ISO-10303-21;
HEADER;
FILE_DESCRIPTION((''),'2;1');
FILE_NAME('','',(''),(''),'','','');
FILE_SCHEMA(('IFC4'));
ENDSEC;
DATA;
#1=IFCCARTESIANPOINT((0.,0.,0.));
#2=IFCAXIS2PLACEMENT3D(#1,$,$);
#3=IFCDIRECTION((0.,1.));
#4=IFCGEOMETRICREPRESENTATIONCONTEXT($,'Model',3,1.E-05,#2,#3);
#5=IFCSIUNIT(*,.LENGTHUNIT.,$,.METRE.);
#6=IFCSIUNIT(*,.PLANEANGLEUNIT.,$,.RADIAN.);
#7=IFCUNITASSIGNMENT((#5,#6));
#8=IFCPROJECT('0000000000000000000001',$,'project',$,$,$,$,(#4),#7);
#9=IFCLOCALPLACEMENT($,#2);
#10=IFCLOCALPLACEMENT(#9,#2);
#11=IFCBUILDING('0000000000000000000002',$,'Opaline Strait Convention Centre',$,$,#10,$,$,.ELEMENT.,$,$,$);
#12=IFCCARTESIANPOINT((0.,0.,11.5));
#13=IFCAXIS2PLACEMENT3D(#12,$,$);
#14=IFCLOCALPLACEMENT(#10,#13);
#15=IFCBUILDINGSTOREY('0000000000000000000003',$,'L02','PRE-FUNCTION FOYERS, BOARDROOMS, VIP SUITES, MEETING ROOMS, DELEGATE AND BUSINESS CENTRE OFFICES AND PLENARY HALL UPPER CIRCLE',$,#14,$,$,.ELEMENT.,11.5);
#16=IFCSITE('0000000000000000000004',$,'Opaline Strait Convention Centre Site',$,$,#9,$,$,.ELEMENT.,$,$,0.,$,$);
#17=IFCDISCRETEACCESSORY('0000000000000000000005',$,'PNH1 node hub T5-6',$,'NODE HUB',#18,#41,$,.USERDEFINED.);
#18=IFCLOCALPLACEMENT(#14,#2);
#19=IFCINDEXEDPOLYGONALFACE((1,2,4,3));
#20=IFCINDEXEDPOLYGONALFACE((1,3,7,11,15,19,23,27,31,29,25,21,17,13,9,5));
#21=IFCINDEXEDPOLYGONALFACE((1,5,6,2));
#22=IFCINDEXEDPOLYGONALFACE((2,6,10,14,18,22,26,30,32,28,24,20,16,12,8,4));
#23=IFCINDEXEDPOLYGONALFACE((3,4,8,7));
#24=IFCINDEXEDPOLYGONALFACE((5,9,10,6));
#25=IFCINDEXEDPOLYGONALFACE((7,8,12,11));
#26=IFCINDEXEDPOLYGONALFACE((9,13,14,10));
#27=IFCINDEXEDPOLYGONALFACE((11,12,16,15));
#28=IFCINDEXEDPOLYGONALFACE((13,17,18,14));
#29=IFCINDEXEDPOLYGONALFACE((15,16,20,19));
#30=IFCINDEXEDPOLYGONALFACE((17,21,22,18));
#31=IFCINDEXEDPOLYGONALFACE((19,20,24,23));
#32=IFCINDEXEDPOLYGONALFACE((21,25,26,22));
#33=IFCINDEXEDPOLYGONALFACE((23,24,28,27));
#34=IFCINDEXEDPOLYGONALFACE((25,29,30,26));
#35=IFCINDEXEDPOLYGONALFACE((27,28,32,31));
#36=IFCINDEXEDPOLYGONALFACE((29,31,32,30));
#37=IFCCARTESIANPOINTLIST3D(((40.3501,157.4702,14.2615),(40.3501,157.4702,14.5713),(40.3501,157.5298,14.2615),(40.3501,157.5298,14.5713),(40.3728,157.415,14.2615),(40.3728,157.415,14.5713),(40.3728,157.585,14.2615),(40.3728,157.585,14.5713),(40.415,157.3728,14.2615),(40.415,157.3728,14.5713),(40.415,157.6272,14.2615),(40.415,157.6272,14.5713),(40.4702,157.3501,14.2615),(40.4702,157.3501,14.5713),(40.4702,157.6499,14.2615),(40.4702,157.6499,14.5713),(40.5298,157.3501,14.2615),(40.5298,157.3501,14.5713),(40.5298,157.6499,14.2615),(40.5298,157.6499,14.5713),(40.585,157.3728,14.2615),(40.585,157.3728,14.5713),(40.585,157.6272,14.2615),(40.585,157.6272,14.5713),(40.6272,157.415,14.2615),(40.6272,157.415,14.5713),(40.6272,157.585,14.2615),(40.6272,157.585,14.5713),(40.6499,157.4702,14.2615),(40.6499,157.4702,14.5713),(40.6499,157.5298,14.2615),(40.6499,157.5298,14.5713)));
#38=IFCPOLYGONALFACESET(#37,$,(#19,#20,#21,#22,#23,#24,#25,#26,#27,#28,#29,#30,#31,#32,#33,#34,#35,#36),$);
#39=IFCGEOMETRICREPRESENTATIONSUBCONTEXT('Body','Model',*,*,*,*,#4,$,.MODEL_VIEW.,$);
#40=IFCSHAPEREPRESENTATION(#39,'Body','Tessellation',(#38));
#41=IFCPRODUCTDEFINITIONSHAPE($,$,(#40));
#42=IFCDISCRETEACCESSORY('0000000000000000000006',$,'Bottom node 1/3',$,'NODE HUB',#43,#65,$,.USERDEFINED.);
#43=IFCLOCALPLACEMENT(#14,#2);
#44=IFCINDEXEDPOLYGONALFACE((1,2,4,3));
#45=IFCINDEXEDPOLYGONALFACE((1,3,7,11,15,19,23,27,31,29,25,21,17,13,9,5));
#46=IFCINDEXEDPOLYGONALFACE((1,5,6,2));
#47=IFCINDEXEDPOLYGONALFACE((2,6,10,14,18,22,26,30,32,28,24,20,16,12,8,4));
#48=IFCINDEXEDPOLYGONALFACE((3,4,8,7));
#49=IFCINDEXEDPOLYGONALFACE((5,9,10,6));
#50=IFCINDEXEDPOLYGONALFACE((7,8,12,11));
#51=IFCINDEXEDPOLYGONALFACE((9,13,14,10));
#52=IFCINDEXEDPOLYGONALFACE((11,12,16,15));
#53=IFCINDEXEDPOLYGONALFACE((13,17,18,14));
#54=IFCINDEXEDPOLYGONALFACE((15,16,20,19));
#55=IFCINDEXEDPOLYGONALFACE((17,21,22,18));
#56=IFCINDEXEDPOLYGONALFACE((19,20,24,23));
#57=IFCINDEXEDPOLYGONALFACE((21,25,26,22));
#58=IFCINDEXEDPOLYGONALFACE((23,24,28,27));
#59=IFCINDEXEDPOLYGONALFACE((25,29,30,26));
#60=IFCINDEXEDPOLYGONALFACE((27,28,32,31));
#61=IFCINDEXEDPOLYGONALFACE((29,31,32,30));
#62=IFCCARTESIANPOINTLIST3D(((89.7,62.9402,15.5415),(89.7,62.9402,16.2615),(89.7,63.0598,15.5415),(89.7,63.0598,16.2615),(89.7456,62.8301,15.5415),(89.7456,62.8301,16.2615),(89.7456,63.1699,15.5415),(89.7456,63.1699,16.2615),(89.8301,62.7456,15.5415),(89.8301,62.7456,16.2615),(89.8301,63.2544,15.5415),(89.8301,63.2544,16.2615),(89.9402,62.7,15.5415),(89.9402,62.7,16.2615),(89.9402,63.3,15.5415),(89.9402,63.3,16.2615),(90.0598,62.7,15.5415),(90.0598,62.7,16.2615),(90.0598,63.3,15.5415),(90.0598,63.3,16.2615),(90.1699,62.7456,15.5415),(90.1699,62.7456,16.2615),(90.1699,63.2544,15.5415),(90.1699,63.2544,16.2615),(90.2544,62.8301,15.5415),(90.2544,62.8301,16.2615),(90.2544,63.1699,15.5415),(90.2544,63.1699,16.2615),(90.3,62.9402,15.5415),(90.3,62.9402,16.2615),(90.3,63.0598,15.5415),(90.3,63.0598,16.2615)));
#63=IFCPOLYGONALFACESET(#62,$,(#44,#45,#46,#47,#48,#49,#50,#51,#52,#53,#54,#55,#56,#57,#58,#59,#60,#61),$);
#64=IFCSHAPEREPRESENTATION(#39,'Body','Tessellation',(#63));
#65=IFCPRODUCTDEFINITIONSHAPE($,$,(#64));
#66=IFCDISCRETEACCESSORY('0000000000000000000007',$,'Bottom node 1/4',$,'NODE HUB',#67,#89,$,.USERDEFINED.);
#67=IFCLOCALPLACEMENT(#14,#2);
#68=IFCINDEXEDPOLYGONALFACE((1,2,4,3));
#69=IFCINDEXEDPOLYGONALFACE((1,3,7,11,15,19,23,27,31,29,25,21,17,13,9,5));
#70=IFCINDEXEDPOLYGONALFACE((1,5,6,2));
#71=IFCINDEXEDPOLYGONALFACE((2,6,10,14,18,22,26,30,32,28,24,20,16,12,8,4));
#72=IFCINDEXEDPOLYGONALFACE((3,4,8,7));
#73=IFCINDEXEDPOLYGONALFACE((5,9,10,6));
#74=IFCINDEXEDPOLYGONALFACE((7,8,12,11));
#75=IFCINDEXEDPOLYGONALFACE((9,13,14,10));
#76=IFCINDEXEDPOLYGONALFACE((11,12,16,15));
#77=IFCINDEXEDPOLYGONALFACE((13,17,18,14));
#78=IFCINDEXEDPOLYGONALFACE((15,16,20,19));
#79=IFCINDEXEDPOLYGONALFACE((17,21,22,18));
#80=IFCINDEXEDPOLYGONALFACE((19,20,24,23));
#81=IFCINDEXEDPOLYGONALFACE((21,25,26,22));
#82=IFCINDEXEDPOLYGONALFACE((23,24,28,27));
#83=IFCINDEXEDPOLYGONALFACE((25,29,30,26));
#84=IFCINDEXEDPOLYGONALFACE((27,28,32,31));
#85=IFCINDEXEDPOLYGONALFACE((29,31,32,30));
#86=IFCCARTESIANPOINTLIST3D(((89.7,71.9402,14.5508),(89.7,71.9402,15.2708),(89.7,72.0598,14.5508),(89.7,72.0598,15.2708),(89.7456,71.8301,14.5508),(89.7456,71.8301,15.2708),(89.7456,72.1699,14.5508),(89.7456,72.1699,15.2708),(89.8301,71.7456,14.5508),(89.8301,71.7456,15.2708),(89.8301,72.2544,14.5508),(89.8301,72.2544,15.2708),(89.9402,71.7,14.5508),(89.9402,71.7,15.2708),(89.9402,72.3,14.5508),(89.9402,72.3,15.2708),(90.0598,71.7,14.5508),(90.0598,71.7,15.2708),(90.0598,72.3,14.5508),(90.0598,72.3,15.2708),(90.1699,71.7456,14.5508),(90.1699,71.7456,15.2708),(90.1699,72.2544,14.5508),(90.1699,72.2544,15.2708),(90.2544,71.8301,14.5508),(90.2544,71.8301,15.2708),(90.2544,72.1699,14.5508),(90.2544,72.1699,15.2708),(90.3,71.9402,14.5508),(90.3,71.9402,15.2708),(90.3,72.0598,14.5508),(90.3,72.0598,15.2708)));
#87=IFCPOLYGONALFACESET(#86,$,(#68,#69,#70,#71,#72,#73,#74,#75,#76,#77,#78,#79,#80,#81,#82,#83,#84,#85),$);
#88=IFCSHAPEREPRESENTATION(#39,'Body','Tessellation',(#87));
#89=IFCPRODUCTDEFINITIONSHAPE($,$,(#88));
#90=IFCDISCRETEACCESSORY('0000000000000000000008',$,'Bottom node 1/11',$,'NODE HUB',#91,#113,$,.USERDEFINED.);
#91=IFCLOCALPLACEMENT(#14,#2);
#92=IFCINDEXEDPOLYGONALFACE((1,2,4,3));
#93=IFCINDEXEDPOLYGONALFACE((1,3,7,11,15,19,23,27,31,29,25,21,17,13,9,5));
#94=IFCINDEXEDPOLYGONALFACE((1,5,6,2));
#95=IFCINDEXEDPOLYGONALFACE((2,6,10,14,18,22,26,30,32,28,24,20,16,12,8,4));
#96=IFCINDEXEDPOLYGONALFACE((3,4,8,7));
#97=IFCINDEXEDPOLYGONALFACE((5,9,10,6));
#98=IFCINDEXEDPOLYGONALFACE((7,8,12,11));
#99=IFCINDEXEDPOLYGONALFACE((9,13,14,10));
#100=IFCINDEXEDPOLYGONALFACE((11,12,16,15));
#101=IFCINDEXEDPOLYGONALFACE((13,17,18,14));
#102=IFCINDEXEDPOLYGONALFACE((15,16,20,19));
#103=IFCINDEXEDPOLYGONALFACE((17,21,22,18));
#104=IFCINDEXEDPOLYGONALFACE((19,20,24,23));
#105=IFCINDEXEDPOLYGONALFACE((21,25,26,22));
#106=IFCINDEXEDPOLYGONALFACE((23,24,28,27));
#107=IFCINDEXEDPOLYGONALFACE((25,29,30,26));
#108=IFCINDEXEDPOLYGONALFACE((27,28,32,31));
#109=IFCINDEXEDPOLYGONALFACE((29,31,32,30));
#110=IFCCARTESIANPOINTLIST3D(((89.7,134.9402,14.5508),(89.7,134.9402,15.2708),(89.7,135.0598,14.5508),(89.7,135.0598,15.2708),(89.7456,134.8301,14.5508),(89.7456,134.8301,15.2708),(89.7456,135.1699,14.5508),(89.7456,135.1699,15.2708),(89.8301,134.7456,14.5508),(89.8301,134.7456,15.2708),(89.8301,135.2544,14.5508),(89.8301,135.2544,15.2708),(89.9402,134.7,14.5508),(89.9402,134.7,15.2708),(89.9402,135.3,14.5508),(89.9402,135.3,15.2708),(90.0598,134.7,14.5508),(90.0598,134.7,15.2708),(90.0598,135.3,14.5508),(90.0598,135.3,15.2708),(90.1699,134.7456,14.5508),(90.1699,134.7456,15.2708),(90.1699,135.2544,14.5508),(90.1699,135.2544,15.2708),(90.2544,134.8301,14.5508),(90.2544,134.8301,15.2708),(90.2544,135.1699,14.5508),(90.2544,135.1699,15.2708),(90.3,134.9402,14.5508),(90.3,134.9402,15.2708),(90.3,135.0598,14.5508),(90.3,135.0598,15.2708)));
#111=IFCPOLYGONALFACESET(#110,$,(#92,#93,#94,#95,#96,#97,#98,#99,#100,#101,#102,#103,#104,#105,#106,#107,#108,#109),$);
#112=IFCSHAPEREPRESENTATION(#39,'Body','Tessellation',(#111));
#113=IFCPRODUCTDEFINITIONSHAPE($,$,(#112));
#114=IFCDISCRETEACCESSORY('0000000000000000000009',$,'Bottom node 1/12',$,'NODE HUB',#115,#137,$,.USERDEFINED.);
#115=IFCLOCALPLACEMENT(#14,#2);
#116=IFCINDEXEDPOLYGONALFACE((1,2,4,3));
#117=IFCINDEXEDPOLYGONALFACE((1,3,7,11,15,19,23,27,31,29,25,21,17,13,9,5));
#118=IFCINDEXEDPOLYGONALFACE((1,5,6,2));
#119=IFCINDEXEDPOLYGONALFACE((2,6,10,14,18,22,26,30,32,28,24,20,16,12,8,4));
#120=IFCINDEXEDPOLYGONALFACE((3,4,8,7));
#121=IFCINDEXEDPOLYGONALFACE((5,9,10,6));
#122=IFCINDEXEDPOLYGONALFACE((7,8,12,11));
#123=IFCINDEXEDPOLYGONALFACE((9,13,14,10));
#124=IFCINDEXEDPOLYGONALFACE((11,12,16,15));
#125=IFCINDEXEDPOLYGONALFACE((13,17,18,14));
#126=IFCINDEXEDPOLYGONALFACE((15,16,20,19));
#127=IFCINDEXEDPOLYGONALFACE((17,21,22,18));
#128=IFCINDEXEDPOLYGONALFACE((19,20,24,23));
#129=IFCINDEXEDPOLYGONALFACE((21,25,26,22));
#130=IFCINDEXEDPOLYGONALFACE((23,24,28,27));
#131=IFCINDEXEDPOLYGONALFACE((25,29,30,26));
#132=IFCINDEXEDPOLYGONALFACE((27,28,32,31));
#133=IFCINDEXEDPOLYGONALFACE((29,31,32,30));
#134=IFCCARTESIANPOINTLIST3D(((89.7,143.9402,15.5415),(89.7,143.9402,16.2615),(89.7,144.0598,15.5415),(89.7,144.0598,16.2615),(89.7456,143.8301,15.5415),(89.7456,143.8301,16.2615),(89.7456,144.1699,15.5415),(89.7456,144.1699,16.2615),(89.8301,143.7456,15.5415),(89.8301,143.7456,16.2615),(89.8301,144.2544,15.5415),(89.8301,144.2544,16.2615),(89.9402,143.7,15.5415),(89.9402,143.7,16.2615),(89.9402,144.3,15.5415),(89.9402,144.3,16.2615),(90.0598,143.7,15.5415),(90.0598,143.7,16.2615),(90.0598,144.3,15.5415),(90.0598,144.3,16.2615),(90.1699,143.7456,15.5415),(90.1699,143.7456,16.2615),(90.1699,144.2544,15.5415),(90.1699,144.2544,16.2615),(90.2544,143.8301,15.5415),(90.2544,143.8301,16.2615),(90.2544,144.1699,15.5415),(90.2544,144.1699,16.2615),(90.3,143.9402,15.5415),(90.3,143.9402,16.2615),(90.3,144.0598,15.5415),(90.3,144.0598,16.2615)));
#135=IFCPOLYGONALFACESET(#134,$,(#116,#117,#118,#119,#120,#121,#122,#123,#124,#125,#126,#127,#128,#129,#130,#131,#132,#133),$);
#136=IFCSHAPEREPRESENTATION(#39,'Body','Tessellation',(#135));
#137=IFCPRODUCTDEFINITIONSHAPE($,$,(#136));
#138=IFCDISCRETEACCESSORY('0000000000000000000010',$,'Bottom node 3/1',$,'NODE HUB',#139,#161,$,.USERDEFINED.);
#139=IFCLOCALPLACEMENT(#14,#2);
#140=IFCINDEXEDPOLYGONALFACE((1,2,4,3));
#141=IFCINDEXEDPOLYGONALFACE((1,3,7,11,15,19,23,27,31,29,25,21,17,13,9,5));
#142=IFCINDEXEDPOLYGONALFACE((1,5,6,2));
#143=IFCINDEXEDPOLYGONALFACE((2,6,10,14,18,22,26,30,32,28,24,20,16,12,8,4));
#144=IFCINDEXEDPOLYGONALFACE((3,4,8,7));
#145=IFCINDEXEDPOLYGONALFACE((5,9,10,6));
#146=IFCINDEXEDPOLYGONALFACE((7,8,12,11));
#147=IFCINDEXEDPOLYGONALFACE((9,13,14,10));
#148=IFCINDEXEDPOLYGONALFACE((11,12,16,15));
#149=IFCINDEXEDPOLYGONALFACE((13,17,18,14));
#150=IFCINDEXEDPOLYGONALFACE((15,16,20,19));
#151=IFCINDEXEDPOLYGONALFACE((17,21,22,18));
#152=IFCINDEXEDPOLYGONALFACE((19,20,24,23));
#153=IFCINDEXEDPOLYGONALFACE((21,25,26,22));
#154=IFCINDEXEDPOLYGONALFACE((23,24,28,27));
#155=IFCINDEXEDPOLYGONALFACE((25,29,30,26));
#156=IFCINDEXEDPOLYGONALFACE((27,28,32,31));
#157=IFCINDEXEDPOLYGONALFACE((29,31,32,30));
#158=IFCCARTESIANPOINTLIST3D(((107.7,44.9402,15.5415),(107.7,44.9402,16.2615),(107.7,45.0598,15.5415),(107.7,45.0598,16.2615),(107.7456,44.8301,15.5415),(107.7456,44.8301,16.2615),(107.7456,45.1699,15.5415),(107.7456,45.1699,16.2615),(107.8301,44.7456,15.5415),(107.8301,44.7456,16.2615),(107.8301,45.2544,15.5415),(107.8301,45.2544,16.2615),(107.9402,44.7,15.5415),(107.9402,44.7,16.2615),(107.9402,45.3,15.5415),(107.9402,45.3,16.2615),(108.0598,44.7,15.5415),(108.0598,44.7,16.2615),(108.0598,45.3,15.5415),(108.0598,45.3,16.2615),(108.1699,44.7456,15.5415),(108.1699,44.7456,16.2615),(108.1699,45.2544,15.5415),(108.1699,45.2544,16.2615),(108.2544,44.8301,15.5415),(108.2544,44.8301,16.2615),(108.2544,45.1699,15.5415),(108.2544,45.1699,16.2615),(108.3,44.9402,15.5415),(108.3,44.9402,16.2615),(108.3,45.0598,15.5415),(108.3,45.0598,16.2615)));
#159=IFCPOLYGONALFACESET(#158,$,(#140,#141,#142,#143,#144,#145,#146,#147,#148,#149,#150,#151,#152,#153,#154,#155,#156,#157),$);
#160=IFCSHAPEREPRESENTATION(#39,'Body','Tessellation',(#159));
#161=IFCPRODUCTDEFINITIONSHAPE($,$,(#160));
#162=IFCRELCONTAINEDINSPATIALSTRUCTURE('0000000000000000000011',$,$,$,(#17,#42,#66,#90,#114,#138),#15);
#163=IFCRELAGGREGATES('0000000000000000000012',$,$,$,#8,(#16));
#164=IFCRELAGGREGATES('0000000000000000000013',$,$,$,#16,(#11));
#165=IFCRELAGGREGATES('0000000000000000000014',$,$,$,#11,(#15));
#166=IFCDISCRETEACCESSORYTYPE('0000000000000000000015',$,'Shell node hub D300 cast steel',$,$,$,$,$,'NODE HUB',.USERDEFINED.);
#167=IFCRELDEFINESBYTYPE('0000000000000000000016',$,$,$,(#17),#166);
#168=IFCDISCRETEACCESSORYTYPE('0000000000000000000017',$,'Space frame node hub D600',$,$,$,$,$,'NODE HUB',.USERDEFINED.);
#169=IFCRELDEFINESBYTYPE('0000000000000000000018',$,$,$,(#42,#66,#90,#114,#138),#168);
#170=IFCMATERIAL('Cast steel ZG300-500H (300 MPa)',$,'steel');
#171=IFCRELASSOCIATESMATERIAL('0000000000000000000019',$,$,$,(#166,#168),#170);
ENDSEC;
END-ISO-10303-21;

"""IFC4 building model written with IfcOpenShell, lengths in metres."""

from ifc_helpers import new_model, si_unit, direction, frame, origin, place, context, subcontext, project, spatial, polyline, outline, extrude, material, type_object, element, save


model = new_model("IFC4")

# Units and contexts
model_context = context("Model", 3, precision=1e-05, world=origin(), true_north=direction((0.0, 1.0)))
body_context = subcontext(model_context, "Body", "Model", "MODEL_VIEW")
ifc_project = project(units=[si_unit("LENGTHUNIT", "METRE"), si_unit("PLANEANGLEUNIT", "RADIAN")], contexts=[model_context])

# Site, building, storey
site_placement = place(None, origin())
site = spatial("IfcSite", under=ifc_project, at=site_placement, Name="Opaline Strait Convention Centre Site", CompositionType="ELEMENT", RefElevation=0.0)
building_placement = place(site_placement, origin())
building = spatial("IfcBuilding", under=site, at=building_placement, Name="Opaline Strait Convention Centre", CompositionType="ELEMENT")
storey_placement = place(building_placement, frame((0.0, 0.0, 11.5)))
storey = spatial("IfcBuildingStorey", under=building, at=storey_placement, Name="L02", Description="PRE-FUNCTION FOYERS, BOARDROOMS, VIP SUITES, MEETING ROOMS, DELEGATE AND BUSINESS CENTRE OFFICES AND PLENARY HALL UPPER CIRCLE", CompositionType="ELEMENT", Elevation=11.5)

# Discrete accessories
ifc_material = material(Name="Cast steel ZG300-500H (300 MPa)", Category="steel")
discrete_accessory_type_1 = type_object("IfcDiscreteAccessoryType", Name="Shell node hub D300 cast steel", ElementType="NODE HUB", PredefinedType="USERDEFINED", material=ifc_material)
discrete_accessory_1_placement = place(storey_placement, frame((0.0, 0.0, 14.2615)))
element("IfcDiscreteAccessory", 1, at=discrete_accessory_1_placement, inside=storey, type_object=discrete_accessory_type_1, Name="PNH1 node hub T5-6", ObjectType="NODE HUB", PredefinedType="USERDEFINED", context=body_context, shape_type="SweptSolid", body=[
    extrude(outline(polyline([(40.6499, 157.5298), (40.6272, 157.585), (40.585, 157.6272), (40.5298, 157.6499), (40.4702, 157.6499), (40.415, 157.6272), (40.3728, 157.585), (40.3501, 157.5298), (40.3501, 157.4702), (40.3728, 157.415), (40.415, 157.3728), (40.4702, 157.3501), (40.5298, 157.3501), (40.585, 157.3728), (40.6272, 157.415), (40.6499, 157.4702), (40.6499, 157.5298)])), origin(), (0.0, 0.0, 1.0), 0.3098),
])
discrete_accessory_type_2 = type_object("IfcDiscreteAccessoryType", Name="Space frame node hub D600", ElementType="NODE HUB", PredefinedType="USERDEFINED", material=ifc_material)
discrete_accessory_2_placement = place(storey_placement, frame((0.0, 0.0, 15.5415)))
element("IfcDiscreteAccessory", 2, at=discrete_accessory_2_placement, inside=storey, type_object=discrete_accessory_type_2, Name="Bottom node 1/3", ObjectType="NODE HUB", PredefinedType="USERDEFINED", context=body_context, shape_type="SweptSolid", body=[
    extrude(outline(polyline([(90.3, 63.0598), (90.2544, 63.1699), (90.1699, 63.2544), (90.0598, 63.3), (89.9402, 63.3), (89.8301, 63.2544), (89.7456, 63.1699), (89.7, 63.0598), (89.7, 62.9402), (89.7456, 62.8301), (89.8301, 62.7456), (89.9402, 62.7), (90.0598, 62.7), (90.1699, 62.7456), (90.2544, 62.8301), (90.3, 62.9402), (90.3, 63.0598)])), origin(), (0.0, 0.0, 1.0), 0.72),
])
discrete_accessory_3_placement = place(storey_placement, frame((0.0, 0.0, 14.5508)))
element("IfcDiscreteAccessory", 3, at=discrete_accessory_3_placement, inside=storey, type_object=discrete_accessory_type_2, Name="Bottom node 1/4", ObjectType="NODE HUB", PredefinedType="USERDEFINED", context=body_context, shape_type="SweptSolid", body=[
    extrude(outline(polyline([(90.3, 72.0598), (90.2544, 72.1699), (90.1699, 72.2544), (90.0598, 72.3), (89.9402, 72.3), (89.8301, 72.2544), (89.7456, 72.1699), (89.7, 72.0598), (89.7, 71.9402), (89.7456, 71.8301), (89.8301, 71.7456), (89.9402, 71.7), (90.0598, 71.7), (90.1699, 71.7456), (90.2544, 71.8301), (90.3, 71.9402), (90.3, 72.0598)])), origin(), (0.0, 0.0, 1.0), 0.72),
])
discrete_accessory_4_placement = place(storey_placement, frame((0.0, 0.0, 14.5508)))
element("IfcDiscreteAccessory", 4, at=discrete_accessory_4_placement, inside=storey, type_object=discrete_accessory_type_2, Name="Bottom node 1/11", ObjectType="NODE HUB", PredefinedType="USERDEFINED", context=body_context, shape_type="SweptSolid", body=[
    extrude(outline(polyline([(90.3, 135.0598), (90.2544, 135.1699), (90.1699, 135.2544), (90.0598, 135.3), (89.9402, 135.3), (89.8301, 135.2544), (89.7456, 135.1699), (89.7, 135.0598), (89.7, 134.9402), (89.7456, 134.8301), (89.8301, 134.7456), (89.9402, 134.7), (90.0598, 134.7), (90.1699, 134.7456), (90.2544, 134.8301), (90.3, 134.9402), (90.3, 135.0598)])), origin(), (0.0, 0.0, 1.0), 0.72),
])
discrete_accessory_5_placement = place(storey_placement, frame((0.0, 0.0, 15.5415)))
element("IfcDiscreteAccessory", 5, at=discrete_accessory_5_placement, inside=storey, type_object=discrete_accessory_type_2, Name="Bottom node 1/12", ObjectType="NODE HUB", PredefinedType="USERDEFINED", context=body_context, shape_type="SweptSolid", body=[
    extrude(outline(polyline([(90.3, 144.0598), (90.2544, 144.1699), (90.1699, 144.2544), (90.0598, 144.3), (89.9402, 144.3), (89.8301, 144.2544), (89.7456, 144.1699), (89.7, 144.0598), (89.7, 143.9402), (89.7456, 143.8301), (89.8301, 143.7456), (89.9402, 143.7), (90.0598, 143.7), (90.1699, 143.7456), (90.2544, 143.8301), (90.3, 143.9402), (90.3, 144.0598)])), origin(), (0.0, 0.0, 1.0), 0.72),
])
discrete_accessory_6_placement = place(storey_placement, frame((0.0, 0.0, 15.5415)))
element("IfcDiscreteAccessory", 6, at=discrete_accessory_6_placement, inside=storey, type_object=discrete_accessory_type_2, Name="Bottom node 3/1", ObjectType="NODE HUB", PredefinedType="USERDEFINED", context=body_context, shape_type="SweptSolid", body=[
    extrude(outline(polyline([(108.3, 45.0598), (108.2544, 45.1699), (108.1699, 45.2544), (108.0598, 45.3), (107.9402, 45.3), (107.8301, 45.2544), (107.7456, 45.1699), (107.7, 45.0598), (107.7, 44.9402), (107.7456, 44.8301), (107.8301, 44.7456), (107.9402, 44.7), (108.0598, 44.7), (108.1699, 44.7456), (108.2544, 44.8301), (108.3, 44.9402), (108.3, 45.0598)])), origin(), (0.0, 0.0, 1.0), 0.72),
])

save(model, "model.ifc")
